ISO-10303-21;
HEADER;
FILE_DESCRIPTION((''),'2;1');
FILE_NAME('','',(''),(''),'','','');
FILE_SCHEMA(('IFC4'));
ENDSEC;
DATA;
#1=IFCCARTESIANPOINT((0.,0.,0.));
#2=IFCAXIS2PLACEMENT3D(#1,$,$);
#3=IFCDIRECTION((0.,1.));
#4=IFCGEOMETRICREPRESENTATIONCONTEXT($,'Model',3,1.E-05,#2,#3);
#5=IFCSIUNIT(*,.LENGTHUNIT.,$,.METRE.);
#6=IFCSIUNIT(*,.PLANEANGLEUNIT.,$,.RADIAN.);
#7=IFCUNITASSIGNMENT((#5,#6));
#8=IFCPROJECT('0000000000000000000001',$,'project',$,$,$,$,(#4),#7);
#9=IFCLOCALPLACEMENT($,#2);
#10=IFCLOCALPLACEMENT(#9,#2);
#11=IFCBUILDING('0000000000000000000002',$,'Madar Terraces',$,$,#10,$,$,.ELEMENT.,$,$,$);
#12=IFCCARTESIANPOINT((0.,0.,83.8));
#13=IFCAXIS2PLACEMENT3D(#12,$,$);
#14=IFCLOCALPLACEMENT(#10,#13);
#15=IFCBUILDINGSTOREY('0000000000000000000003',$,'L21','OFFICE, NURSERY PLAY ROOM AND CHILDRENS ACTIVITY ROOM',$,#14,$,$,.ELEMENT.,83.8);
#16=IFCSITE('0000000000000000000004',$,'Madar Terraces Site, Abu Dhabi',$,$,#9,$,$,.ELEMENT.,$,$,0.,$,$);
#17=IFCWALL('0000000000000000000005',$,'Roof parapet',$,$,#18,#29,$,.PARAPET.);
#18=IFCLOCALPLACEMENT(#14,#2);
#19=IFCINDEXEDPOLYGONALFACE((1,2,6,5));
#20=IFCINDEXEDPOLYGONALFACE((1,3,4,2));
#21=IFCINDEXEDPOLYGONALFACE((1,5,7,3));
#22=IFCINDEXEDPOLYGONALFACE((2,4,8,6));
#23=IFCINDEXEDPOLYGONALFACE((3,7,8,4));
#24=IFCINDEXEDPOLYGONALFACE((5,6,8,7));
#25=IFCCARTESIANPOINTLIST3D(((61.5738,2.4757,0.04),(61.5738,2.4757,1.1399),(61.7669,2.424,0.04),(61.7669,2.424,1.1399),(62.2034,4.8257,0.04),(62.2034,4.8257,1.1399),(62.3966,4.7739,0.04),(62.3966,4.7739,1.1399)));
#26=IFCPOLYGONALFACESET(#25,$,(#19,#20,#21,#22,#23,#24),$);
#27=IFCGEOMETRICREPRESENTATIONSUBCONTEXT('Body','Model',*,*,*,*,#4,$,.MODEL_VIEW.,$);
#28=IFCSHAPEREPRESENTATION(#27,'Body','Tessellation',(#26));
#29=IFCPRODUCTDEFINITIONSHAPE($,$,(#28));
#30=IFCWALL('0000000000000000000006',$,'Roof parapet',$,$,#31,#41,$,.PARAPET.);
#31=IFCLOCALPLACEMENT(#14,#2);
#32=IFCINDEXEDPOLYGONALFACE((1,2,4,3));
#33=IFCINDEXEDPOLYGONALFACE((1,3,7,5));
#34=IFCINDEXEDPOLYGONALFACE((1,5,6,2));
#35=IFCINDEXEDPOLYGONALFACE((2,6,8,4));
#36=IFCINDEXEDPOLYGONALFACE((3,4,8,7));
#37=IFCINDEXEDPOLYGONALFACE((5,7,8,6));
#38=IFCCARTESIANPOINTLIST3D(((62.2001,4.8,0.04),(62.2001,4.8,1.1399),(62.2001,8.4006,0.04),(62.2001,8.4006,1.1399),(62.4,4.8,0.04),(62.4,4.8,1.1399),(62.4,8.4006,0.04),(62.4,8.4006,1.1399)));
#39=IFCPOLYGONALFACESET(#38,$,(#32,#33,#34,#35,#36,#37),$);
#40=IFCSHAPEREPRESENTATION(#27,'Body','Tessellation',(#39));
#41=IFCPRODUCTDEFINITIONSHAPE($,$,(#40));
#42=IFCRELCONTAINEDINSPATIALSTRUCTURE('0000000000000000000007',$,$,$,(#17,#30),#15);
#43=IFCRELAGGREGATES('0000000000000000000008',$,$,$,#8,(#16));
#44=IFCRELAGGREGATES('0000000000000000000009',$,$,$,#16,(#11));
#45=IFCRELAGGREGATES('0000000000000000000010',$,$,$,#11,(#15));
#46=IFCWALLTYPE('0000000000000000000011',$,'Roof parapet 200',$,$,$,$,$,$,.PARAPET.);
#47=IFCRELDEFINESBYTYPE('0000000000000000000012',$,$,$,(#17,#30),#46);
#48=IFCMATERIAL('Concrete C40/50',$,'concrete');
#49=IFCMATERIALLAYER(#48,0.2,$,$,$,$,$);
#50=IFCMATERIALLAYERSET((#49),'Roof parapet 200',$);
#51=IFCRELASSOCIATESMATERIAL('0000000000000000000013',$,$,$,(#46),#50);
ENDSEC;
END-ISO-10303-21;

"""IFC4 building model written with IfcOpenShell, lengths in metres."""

from ifc_helpers import new_model, si_unit, direction, frame, frame_2d, origin, place, context, subcontext, project, spatial, rectangle, extrude, material, layer, layer_set, type_object, element, save


model = new_model("IFC4")

# Units and contexts
model_context = context("Model", 3, precision=1e-05, world=origin(), true_north=direction((0.0, 1.0)))
body_context = subcontext(model_context, "Body", "Model", "MODEL_VIEW")
ifc_project = project(units=[si_unit("LENGTHUNIT", "METRE"), si_unit("PLANEANGLEUNIT", "RADIAN")], contexts=[model_context])

# Site, building, storey
site_placement = place(None, origin())
site = spatial("IfcSite", under=ifc_project, at=site_placement, Name="Madar Terraces Site, Abu Dhabi", CompositionType="ELEMENT", RefElevation=0.0)
building_placement = place(site_placement, origin())
building = spatial("IfcBuilding", under=site, at=building_placement, Name="Madar Terraces", CompositionType="ELEMENT")
storey_placement = place(building_placement, frame((0.0, 0.0, 83.8)))
storey = spatial("IfcBuildingStorey", under=building, at=storey_placement, Name="L21", Description="OFFICE, NURSERY PLAY ROOM AND CHILDRENS ACTIVITY ROOM", CompositionType="ELEMENT", Elevation=83.8)

# Walls
ifc_material_1 = material(Name="Concrete C40/50", Category="concrete")
ifc_layer_1 = layer(ifc_material_1, 0.2)
ifc_layer_set_1 = layer_set([ifc_layer_1], Name="Roof parapet 200")
wall_type = type_object("IfcWallType", Name="Roof parapet 200", PredefinedType="PARAPET", material=ifc_layer_set_1)
for number, where, z_axis, x_axis, name in (
    (1, (61.6704, 2.45, 0.04), (0.0, 0.0, 1.0), (0.258793, 0.965933, 0.0), "Roof parapet"),
):
    element("IfcWall", number, at=place(storey_placement, frame(where, z_axis=z_axis, x_axis=x_axis)), inside=storey, type_object=wall_type, Name=name, PredefinedType="PARAPET", context=body_context, shape_type="SweptSolid", body=[
        extrude(rectangle(XDim=2.4329, YDim=0.2, at=frame_2d((1.2163, 0.0))), origin(), (0.0, 0.0, 1.0), 1.0999),
    ])
wall_1_placement = place(storey_placement, frame((62.3, 4.8, 0.04), z_axis=(0.0, 0.0, 1.0), x_axis=(0.0, 1.0, 0.0)))
element("IfcWall", 2, at=wall_1_placement, inside=storey, type_object=wall_type, Name="Roof parapet", PredefinedType="PARAPET", context=body_context, shape_type="SweptSolid", body=[
    extrude(rectangle(XDim=3.6006, YDim=0.2, at=frame_2d((1.8003, 0.0))), origin(), (0.0, 0.0, 1.0), 1.0999),
])

save(model, "model.ifc")
